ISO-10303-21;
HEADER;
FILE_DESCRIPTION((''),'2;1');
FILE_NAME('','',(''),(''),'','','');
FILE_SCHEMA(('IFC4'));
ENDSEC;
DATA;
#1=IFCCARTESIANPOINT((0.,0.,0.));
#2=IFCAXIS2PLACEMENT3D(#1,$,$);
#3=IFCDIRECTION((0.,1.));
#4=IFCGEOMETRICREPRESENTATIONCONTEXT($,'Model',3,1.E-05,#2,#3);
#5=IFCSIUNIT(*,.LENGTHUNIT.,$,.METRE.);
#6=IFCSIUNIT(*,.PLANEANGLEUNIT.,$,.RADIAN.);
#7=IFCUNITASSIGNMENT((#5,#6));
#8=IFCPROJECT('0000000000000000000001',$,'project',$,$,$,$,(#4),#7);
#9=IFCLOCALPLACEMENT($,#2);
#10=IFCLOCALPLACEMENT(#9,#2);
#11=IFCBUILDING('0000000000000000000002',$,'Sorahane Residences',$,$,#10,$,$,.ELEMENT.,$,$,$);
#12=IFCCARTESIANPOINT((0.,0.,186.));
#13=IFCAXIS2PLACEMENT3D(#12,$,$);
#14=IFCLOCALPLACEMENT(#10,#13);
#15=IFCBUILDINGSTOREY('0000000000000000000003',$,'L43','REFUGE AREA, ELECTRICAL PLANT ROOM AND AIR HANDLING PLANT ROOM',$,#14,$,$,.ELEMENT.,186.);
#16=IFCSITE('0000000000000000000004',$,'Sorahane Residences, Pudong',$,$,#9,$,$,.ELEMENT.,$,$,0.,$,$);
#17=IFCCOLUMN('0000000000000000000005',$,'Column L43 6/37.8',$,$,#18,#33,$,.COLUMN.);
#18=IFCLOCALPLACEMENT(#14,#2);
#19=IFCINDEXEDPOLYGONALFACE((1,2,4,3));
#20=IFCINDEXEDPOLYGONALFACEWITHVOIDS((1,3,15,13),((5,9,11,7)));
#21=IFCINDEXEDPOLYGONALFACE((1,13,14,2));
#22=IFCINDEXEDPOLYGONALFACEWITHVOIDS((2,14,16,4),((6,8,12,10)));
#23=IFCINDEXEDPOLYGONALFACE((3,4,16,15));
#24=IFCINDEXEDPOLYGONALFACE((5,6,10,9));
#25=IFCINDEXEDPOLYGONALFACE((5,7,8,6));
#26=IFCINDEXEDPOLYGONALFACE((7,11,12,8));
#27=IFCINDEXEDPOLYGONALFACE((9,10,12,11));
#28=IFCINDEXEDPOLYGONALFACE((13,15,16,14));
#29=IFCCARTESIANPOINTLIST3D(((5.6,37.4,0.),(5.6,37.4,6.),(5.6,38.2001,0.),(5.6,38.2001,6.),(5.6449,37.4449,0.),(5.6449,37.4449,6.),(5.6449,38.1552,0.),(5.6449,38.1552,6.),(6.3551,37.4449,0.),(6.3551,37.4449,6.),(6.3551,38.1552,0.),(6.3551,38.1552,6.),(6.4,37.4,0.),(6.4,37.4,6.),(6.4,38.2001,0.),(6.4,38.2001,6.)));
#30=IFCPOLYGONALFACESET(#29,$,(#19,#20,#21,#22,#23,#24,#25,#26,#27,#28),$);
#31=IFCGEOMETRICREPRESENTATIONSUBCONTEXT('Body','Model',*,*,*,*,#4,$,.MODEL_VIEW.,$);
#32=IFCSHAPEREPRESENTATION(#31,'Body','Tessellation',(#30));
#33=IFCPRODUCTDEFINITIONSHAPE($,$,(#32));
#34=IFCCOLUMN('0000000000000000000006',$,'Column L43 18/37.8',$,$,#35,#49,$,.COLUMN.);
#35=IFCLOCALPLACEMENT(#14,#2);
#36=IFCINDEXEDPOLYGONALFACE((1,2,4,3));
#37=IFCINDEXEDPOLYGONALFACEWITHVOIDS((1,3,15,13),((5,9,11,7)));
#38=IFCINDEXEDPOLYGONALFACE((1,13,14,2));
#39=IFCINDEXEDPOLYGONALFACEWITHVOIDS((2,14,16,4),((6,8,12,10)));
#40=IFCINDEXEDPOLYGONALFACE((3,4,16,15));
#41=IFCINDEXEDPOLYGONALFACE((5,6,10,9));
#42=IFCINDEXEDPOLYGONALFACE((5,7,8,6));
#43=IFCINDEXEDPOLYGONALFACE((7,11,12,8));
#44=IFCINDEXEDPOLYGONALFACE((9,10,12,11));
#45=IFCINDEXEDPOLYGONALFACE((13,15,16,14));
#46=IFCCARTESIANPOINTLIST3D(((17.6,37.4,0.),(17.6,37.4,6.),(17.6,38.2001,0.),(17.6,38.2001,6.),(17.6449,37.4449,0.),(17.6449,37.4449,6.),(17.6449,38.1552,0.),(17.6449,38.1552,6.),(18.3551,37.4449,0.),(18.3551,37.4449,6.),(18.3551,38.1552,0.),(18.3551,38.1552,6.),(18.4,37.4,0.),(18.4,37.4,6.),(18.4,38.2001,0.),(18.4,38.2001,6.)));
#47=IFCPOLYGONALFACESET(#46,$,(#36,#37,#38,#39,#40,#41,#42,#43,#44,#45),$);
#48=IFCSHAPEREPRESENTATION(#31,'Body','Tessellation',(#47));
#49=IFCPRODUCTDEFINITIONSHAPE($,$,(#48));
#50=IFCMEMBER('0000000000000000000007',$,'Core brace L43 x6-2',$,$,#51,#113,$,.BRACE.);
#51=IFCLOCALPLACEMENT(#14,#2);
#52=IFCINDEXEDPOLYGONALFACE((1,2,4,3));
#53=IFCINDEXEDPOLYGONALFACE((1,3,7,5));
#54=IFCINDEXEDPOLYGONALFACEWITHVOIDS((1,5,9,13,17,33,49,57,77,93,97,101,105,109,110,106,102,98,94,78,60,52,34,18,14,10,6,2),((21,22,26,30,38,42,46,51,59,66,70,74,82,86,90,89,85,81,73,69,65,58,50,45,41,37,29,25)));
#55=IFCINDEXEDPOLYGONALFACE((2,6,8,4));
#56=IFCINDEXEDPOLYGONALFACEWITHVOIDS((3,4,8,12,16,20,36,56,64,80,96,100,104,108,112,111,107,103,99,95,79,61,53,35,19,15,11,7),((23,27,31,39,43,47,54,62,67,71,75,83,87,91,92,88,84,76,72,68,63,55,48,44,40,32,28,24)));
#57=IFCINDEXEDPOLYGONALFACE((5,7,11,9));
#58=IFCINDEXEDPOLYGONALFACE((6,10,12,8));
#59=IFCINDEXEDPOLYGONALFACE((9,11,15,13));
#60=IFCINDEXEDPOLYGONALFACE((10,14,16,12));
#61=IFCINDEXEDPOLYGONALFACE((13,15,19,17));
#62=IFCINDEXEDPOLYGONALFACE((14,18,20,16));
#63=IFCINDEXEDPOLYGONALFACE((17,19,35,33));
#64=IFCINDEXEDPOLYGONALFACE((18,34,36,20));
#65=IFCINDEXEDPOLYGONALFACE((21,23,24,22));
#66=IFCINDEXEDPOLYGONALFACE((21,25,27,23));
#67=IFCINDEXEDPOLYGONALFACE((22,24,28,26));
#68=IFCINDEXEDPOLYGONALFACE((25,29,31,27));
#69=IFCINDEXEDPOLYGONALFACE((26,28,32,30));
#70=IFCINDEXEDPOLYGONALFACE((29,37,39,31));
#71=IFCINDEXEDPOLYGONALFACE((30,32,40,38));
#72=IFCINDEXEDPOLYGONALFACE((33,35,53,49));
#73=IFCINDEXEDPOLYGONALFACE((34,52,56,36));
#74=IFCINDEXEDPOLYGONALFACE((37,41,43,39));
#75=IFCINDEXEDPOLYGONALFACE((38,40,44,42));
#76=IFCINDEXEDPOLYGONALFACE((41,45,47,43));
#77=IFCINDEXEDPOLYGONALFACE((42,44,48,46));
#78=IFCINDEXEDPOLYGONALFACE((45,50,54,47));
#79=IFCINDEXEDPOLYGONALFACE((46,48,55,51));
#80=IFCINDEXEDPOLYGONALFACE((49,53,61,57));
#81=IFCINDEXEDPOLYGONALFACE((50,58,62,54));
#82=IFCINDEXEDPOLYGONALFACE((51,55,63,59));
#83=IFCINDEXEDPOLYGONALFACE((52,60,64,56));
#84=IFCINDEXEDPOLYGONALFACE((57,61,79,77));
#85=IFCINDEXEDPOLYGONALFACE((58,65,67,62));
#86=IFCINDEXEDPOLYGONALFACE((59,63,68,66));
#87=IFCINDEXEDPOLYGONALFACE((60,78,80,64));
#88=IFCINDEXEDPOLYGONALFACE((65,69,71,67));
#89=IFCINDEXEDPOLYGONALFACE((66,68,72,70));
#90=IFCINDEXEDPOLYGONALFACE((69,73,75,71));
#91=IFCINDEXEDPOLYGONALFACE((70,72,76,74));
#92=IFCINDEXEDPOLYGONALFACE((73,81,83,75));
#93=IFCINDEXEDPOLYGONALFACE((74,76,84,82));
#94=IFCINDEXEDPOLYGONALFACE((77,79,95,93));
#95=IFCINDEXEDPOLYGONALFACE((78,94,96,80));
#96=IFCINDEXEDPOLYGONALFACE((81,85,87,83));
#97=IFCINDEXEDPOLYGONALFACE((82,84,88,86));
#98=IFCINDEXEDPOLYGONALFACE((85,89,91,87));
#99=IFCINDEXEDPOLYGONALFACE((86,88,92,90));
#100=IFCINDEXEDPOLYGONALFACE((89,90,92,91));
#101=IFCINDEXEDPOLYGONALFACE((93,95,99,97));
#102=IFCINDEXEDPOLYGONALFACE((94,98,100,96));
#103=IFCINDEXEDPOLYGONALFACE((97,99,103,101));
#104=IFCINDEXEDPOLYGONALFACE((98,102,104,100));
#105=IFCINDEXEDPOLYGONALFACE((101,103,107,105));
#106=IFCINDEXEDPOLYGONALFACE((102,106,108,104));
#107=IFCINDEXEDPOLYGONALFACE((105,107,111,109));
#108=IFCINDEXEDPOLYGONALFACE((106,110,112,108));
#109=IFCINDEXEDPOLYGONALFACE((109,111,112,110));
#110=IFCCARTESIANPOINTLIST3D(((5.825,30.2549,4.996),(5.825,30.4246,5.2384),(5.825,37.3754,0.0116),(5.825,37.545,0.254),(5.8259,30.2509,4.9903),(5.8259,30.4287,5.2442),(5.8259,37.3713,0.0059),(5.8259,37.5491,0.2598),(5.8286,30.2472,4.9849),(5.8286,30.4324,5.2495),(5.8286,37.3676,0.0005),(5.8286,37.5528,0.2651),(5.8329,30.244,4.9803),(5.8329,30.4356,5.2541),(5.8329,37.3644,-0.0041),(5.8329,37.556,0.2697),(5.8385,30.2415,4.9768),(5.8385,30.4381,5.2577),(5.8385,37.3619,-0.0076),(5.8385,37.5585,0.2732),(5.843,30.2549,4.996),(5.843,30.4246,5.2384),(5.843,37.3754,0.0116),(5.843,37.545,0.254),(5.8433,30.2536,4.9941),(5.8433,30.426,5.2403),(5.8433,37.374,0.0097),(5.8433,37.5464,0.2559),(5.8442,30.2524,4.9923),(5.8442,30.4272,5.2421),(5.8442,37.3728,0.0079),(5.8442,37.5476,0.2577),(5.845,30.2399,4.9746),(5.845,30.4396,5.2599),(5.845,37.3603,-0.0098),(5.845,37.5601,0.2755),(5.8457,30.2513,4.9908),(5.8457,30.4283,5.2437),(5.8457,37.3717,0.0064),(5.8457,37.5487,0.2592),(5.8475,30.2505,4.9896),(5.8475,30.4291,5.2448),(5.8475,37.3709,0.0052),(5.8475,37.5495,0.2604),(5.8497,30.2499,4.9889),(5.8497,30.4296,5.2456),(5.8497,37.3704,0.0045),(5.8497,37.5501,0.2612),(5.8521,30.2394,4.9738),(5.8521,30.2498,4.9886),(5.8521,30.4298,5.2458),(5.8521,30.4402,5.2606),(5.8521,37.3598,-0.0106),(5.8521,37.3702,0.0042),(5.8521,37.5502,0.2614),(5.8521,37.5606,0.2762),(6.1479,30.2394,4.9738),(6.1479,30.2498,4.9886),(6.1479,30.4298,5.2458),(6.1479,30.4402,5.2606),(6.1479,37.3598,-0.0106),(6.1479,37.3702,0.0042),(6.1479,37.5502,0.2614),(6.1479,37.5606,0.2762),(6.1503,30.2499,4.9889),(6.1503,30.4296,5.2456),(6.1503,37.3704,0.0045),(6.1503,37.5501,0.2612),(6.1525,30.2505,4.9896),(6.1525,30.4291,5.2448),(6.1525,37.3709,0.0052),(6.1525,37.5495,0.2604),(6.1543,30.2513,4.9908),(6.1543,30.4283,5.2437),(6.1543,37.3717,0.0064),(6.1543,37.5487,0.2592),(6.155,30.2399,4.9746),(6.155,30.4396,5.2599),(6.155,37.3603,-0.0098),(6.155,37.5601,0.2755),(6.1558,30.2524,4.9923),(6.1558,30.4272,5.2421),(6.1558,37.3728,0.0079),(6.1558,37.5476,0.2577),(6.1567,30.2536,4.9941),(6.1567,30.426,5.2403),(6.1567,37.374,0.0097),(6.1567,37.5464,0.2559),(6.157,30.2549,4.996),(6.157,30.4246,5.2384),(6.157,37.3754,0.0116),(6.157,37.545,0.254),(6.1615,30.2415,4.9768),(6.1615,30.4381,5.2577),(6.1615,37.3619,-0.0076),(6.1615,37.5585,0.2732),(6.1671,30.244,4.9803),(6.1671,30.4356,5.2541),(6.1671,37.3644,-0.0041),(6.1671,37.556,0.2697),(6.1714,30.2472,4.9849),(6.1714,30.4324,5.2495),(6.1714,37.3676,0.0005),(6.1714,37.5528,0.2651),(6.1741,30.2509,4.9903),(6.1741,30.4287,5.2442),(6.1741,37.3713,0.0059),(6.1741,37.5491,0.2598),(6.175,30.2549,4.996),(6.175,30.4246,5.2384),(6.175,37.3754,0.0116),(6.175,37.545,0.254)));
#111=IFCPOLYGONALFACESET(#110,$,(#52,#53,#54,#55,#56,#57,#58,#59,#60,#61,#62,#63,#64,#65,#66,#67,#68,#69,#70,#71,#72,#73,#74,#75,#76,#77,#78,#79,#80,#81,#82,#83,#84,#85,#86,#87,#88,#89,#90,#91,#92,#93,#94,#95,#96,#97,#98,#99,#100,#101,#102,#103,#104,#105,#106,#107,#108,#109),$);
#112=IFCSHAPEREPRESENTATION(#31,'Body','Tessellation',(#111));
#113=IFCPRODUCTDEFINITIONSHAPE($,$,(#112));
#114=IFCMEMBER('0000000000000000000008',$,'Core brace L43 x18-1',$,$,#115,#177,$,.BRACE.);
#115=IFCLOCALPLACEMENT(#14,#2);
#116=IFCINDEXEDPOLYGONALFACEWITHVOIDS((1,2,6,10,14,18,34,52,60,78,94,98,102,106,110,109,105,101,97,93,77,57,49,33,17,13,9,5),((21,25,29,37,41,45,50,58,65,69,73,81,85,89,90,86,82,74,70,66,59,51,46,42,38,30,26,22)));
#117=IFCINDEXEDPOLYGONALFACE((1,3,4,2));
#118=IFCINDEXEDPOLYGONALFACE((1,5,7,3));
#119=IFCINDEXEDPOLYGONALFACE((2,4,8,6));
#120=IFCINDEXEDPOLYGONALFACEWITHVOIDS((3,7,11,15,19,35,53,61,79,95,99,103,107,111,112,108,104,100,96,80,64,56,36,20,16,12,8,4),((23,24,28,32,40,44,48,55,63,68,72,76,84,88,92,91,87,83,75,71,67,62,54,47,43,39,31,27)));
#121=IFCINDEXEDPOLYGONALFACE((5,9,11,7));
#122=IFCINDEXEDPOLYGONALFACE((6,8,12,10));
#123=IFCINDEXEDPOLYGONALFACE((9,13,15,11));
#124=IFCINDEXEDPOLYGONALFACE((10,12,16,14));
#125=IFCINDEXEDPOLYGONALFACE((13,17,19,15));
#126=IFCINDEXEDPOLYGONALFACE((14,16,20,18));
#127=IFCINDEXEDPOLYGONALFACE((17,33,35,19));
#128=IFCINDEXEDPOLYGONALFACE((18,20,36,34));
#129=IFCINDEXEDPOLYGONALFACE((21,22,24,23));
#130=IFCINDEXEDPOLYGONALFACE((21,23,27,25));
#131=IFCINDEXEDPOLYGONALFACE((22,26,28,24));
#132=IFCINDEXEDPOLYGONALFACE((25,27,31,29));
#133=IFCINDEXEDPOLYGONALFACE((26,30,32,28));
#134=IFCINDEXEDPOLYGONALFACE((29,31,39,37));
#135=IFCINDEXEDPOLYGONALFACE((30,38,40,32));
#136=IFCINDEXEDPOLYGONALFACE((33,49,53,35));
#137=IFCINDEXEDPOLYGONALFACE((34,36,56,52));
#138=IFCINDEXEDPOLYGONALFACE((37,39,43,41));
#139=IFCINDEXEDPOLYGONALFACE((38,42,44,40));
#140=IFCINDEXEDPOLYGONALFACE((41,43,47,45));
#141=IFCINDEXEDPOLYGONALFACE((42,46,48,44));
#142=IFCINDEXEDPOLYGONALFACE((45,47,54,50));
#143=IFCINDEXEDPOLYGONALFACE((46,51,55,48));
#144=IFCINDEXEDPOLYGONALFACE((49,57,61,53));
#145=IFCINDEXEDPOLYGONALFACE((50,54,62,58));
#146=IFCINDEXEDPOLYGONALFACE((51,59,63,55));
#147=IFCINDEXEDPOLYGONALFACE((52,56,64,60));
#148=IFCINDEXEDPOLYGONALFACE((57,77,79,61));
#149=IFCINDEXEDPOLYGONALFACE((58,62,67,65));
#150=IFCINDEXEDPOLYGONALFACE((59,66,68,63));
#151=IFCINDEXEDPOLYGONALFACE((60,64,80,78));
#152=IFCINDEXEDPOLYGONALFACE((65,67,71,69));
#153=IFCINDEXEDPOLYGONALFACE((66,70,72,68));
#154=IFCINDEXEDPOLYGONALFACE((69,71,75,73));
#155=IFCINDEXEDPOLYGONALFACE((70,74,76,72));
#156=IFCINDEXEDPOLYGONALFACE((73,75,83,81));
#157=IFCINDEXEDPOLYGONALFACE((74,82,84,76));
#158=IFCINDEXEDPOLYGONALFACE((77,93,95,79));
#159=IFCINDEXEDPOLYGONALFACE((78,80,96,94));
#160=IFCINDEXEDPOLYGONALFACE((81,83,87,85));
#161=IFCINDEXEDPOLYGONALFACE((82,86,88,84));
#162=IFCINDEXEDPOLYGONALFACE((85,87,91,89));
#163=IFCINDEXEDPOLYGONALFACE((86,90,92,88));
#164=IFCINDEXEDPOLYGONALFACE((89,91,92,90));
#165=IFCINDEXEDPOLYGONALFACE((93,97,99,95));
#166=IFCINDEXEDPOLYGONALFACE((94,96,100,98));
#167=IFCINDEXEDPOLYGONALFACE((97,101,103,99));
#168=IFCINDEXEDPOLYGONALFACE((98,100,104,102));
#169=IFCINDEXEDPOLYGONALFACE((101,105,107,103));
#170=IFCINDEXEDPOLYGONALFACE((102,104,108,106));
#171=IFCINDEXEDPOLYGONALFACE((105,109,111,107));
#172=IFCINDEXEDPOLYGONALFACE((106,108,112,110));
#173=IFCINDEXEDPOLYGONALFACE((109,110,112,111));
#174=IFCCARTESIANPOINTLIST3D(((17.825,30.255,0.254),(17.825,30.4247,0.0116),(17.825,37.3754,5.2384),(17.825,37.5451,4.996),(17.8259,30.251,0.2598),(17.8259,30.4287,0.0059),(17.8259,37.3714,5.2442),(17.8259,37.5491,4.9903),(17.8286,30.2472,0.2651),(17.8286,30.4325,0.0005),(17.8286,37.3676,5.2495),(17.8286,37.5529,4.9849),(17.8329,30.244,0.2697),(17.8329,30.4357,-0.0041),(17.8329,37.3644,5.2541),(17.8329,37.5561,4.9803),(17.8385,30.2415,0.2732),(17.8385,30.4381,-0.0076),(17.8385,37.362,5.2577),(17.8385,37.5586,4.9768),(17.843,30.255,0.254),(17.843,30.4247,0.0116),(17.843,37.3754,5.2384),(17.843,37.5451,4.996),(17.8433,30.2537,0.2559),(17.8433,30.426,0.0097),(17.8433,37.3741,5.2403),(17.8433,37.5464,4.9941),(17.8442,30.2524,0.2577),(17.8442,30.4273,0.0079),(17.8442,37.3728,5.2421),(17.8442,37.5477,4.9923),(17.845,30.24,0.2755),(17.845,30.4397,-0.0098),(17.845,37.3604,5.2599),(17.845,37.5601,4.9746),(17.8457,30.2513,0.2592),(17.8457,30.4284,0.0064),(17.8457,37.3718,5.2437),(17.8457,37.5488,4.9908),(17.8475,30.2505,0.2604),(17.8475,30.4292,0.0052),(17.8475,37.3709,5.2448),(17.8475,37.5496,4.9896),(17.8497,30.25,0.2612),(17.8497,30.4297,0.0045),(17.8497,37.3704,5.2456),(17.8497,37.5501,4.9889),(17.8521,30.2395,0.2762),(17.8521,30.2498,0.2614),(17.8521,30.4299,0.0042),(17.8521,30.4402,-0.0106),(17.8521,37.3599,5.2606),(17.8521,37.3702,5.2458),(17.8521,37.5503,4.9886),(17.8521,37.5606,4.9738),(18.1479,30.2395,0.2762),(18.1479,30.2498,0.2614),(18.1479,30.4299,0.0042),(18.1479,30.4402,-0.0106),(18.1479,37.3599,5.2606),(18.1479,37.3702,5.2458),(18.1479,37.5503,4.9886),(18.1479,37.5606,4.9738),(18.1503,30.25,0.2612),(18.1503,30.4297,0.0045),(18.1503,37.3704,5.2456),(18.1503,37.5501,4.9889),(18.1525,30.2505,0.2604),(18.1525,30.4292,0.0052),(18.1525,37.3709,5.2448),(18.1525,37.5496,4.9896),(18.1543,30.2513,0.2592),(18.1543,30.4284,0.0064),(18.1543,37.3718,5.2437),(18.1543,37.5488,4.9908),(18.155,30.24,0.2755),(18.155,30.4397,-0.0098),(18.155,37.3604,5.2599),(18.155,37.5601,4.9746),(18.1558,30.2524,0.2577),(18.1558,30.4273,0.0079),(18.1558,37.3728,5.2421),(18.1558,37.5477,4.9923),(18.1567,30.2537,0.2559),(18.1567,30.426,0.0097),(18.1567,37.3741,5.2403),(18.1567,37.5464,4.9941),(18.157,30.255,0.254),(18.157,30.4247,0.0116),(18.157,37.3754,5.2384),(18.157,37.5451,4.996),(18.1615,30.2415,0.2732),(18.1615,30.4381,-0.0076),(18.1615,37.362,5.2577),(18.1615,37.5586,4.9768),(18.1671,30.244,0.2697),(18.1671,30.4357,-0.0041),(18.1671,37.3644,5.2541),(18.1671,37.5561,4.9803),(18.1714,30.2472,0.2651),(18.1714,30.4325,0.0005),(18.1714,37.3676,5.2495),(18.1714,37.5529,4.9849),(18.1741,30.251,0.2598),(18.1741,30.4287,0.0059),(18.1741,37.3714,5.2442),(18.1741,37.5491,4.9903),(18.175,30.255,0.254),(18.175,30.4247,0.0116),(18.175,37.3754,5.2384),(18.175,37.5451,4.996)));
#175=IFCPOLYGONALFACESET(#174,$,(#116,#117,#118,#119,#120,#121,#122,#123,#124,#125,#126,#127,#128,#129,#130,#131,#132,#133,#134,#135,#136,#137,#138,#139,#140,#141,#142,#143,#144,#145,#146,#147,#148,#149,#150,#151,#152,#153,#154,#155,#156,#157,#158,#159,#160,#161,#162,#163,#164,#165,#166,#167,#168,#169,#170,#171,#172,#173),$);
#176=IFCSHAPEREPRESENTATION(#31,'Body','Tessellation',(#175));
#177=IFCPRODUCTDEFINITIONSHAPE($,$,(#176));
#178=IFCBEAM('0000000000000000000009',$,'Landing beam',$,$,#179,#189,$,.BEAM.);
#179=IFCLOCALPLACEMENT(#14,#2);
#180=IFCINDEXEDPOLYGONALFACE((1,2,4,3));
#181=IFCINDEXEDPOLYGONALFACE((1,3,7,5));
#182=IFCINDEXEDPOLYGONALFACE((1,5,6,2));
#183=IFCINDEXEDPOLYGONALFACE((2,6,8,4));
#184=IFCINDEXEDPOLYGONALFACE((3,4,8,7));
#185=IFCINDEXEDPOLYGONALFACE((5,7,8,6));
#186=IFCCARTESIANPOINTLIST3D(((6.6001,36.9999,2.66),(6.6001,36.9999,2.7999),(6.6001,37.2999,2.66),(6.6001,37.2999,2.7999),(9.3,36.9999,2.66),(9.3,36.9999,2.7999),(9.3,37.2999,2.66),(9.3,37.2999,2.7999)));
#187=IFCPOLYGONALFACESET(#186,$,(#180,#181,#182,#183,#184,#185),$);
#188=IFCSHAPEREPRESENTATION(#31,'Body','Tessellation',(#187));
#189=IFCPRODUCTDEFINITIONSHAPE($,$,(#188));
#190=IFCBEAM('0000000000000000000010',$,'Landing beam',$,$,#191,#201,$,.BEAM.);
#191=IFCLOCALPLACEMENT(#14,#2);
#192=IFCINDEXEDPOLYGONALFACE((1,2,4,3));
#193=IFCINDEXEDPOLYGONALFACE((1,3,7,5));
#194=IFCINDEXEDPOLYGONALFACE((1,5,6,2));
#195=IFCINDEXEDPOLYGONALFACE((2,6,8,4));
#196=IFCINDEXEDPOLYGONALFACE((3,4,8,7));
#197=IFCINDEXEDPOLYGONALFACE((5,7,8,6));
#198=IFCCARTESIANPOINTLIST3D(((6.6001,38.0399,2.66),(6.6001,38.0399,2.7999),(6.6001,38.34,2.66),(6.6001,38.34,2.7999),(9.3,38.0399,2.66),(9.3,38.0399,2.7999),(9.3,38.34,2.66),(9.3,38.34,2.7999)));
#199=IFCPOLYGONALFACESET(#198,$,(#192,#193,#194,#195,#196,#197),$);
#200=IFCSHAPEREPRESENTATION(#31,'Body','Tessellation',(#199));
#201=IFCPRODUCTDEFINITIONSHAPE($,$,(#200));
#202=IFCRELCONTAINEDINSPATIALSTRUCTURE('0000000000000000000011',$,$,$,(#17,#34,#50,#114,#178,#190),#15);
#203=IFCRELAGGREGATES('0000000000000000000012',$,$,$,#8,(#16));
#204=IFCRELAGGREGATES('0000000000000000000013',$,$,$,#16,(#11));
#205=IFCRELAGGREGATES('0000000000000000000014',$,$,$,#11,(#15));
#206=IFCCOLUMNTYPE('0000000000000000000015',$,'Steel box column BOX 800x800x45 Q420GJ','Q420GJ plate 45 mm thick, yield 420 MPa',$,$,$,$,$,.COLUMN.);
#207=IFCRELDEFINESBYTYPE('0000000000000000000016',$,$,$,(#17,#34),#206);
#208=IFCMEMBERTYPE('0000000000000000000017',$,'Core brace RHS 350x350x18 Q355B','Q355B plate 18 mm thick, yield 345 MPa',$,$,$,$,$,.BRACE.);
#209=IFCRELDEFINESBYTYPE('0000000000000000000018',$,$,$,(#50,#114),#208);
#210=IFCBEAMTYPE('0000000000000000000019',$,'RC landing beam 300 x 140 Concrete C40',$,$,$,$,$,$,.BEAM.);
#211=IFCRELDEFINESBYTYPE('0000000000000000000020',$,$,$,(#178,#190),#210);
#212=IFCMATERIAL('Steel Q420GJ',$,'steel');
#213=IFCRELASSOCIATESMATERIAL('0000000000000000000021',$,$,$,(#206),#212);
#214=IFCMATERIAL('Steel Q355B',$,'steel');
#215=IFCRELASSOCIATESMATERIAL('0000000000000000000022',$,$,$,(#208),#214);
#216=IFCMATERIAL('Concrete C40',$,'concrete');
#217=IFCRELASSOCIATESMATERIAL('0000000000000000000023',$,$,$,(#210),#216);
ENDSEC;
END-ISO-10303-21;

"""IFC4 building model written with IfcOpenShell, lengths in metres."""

from ifc_helpers import new_model, si_unit, direction, frame, origin, origin_2d, place, context, subcontext, project, spatial, rectangle, hollow_rectangle, extrude, material, material_profile, profile_set, type_object, element, save


model = new_model("IFC4")

# Units and contexts
model_context = context("Model", 3, precision=1e-05, world=origin(), true_north=direction((0.0, 1.0)))
body_context = subcontext(model_context, "Body", "Model", "MODEL_VIEW")
ifc_project = project(units=[si_unit("LENGTHUNIT", "METRE"), si_unit("PLANEANGLEUNIT", "RADIAN")], contexts=[model_context])

# Site, building, storey
site_placement = place(None, origin())
site = spatial("IfcSite", under=ifc_project, at=site_placement, Name="Sorahane Residences, Pudong", CompositionType="ELEMENT", RefElevation=0.0)
building_placement = place(site_placement, origin())
building = spatial("IfcBuilding", under=site, at=building_placement, Name="Sorahane Residences", CompositionType="ELEMENT")
storey_placement = place(building_placement, frame((0.0, 0.0, 186.0)))
storey = spatial("IfcBuildingStorey", under=building, at=storey_placement, Name="L43", Description="REFUGE AREA, ELECTRICAL PLANT ROOM AND AIR HANDLING PLANT ROOM", CompositionType="ELEMENT", Elevation=186.0)

# Columns
ifc_material_1 = material(Name="Steel Q420GJ", Category="steel")
ifc_material_profile_1 = material_profile(ifc_material_1, hollow_rectangle(XDim=0.8, YDim=0.8, WallThickness=0.0449, at=origin_2d()), Name="BOX 800x800x45")
ifc_profile_set_1 = profile_set([ifc_material_profile_1], Name="Steel Q420GJ")
column_type = type_object("IfcColumnType", Name="Steel box column BOX 800x800x45 Q420GJ", Description="Q420GJ plate 45 mm thick, yield 420 MPa", PredefinedType="COLUMN", material=ifc_profile_set_1)
for number, where, z_axis, x_axis, name in (
    (1, (6.0, 37.8, 0.0), (0.0, 0.0, 1.0), (1.0, 0.0, 0.0), "Column L43 6/37.8"),
    (2, (18.0, 37.8, 0.0), (0.0, 0.0, 1.0), (1.0, 0.0, 0.0), "Column L43 18/37.8"),
):
    element("IfcColumn", number, at=place(storey_placement, frame(where, z_axis=z_axis, x_axis=x_axis)), inside=storey, type_object=column_type, Name=name, PredefinedType="COLUMN", context=body_context, shape_type="SweptSolid", body=[
        extrude(hollow_rectangle(XDim=0.8, YDim=0.8, WallThickness=0.0449, at=origin_2d()), origin(), (0.0, 0.0, 1.0), 6.0),
    ])

# Members
ifc_material_2 = material(Name="Steel Q355B", Category="steel")
ifc_material_profile_2 = material_profile(ifc_material_2, hollow_rectangle(XDim=0.3501, YDim=0.3501, WallThickness=0.0181, InnerFilletRadius=0.009, OuterFilletRadius=0.0271, at=origin_2d()), Name="RHS 350x350x18")
ifc_profile_set_2 = profile_set([ifc_material_profile_2], Name="Steel Q355B")
member_type = type_object("IfcMemberType", Name="Core brace RHS 350x350x18 Q355B", Description="Q355B plate 18 mm thick, yield 345 MPa", PredefinedType="BRACE", material=ifc_profile_set_2)
for number, where, z_axis, x_axis, name in (
    (3, (6.0, 37.4602, 0.1328), (0.0, -0.819225, 0.573472), (1.0, 0.0, 0.0), "Core brace L43 x6-2"),
    (4, (18.0, 30.3398, 0.1328), (0.0, 0.819225, 0.573472), (-1.0, 0.0, 0.0), "Core brace L43 x18-1"),
):
    element("IfcMember", number, at=place(storey_placement, frame(where, z_axis=z_axis, x_axis=x_axis)), inside=storey, type_object=member_type, Name=name, PredefinedType="BRACE", context=body_context, shape_type="SweptSolid", body=[
        extrude(hollow_rectangle(XDim=0.3501, YDim=0.3501, WallThickness=0.0181, InnerFilletRadius=0.009, OuterFilletRadius=0.0271, at=origin_2d()), origin(), (0.0, 0.0, 1.0), 8.6917),
    ])

# Beams
ifc_material_3 = material(Name="Concrete C40", Category="concrete")
ifc_material_profile_3 = material_profile(ifc_material_3, rectangle(XDim=0.3, YDim=0.1399, at=origin_2d()), Name="300x140")
ifc_profile_set_3 = profile_set([ifc_material_profile_3], Name="Concrete C40")
beam_type_1 = type_object("IfcBeamType", Name="RC landing beam 300 x 140 Concrete C40", PredefinedType="BEAM", material=ifc_profile_set_3)
for number, where, z_axis, x_axis, name in (
    (5, (6.6001, 37.1499, 2.73), (1.0, 0.0, 0.0), (0.0, 1.0, 0.0), "Landing beam"),
    (6, (6.6001, 38.1899, 2.73), (1.0, 0.0, 0.0), (0.0, 1.0, 0.0), "Landing beam"),
):
    element("IfcBeam", number, at=place(storey_placement, frame(where, z_axis=z_axis, x_axis=x_axis)), inside=storey, type_object=beam_type_1, Name=name, PredefinedType="BEAM", context=body_context, shape_type="SweptSolid", body=[
        extrude(rectangle(XDim=0.3, YDim=0.1399, at=origin_2d()), origin(), (0.0, 0.0, 1.0), 2.7),
    ])

save(model, "model.ifc")
